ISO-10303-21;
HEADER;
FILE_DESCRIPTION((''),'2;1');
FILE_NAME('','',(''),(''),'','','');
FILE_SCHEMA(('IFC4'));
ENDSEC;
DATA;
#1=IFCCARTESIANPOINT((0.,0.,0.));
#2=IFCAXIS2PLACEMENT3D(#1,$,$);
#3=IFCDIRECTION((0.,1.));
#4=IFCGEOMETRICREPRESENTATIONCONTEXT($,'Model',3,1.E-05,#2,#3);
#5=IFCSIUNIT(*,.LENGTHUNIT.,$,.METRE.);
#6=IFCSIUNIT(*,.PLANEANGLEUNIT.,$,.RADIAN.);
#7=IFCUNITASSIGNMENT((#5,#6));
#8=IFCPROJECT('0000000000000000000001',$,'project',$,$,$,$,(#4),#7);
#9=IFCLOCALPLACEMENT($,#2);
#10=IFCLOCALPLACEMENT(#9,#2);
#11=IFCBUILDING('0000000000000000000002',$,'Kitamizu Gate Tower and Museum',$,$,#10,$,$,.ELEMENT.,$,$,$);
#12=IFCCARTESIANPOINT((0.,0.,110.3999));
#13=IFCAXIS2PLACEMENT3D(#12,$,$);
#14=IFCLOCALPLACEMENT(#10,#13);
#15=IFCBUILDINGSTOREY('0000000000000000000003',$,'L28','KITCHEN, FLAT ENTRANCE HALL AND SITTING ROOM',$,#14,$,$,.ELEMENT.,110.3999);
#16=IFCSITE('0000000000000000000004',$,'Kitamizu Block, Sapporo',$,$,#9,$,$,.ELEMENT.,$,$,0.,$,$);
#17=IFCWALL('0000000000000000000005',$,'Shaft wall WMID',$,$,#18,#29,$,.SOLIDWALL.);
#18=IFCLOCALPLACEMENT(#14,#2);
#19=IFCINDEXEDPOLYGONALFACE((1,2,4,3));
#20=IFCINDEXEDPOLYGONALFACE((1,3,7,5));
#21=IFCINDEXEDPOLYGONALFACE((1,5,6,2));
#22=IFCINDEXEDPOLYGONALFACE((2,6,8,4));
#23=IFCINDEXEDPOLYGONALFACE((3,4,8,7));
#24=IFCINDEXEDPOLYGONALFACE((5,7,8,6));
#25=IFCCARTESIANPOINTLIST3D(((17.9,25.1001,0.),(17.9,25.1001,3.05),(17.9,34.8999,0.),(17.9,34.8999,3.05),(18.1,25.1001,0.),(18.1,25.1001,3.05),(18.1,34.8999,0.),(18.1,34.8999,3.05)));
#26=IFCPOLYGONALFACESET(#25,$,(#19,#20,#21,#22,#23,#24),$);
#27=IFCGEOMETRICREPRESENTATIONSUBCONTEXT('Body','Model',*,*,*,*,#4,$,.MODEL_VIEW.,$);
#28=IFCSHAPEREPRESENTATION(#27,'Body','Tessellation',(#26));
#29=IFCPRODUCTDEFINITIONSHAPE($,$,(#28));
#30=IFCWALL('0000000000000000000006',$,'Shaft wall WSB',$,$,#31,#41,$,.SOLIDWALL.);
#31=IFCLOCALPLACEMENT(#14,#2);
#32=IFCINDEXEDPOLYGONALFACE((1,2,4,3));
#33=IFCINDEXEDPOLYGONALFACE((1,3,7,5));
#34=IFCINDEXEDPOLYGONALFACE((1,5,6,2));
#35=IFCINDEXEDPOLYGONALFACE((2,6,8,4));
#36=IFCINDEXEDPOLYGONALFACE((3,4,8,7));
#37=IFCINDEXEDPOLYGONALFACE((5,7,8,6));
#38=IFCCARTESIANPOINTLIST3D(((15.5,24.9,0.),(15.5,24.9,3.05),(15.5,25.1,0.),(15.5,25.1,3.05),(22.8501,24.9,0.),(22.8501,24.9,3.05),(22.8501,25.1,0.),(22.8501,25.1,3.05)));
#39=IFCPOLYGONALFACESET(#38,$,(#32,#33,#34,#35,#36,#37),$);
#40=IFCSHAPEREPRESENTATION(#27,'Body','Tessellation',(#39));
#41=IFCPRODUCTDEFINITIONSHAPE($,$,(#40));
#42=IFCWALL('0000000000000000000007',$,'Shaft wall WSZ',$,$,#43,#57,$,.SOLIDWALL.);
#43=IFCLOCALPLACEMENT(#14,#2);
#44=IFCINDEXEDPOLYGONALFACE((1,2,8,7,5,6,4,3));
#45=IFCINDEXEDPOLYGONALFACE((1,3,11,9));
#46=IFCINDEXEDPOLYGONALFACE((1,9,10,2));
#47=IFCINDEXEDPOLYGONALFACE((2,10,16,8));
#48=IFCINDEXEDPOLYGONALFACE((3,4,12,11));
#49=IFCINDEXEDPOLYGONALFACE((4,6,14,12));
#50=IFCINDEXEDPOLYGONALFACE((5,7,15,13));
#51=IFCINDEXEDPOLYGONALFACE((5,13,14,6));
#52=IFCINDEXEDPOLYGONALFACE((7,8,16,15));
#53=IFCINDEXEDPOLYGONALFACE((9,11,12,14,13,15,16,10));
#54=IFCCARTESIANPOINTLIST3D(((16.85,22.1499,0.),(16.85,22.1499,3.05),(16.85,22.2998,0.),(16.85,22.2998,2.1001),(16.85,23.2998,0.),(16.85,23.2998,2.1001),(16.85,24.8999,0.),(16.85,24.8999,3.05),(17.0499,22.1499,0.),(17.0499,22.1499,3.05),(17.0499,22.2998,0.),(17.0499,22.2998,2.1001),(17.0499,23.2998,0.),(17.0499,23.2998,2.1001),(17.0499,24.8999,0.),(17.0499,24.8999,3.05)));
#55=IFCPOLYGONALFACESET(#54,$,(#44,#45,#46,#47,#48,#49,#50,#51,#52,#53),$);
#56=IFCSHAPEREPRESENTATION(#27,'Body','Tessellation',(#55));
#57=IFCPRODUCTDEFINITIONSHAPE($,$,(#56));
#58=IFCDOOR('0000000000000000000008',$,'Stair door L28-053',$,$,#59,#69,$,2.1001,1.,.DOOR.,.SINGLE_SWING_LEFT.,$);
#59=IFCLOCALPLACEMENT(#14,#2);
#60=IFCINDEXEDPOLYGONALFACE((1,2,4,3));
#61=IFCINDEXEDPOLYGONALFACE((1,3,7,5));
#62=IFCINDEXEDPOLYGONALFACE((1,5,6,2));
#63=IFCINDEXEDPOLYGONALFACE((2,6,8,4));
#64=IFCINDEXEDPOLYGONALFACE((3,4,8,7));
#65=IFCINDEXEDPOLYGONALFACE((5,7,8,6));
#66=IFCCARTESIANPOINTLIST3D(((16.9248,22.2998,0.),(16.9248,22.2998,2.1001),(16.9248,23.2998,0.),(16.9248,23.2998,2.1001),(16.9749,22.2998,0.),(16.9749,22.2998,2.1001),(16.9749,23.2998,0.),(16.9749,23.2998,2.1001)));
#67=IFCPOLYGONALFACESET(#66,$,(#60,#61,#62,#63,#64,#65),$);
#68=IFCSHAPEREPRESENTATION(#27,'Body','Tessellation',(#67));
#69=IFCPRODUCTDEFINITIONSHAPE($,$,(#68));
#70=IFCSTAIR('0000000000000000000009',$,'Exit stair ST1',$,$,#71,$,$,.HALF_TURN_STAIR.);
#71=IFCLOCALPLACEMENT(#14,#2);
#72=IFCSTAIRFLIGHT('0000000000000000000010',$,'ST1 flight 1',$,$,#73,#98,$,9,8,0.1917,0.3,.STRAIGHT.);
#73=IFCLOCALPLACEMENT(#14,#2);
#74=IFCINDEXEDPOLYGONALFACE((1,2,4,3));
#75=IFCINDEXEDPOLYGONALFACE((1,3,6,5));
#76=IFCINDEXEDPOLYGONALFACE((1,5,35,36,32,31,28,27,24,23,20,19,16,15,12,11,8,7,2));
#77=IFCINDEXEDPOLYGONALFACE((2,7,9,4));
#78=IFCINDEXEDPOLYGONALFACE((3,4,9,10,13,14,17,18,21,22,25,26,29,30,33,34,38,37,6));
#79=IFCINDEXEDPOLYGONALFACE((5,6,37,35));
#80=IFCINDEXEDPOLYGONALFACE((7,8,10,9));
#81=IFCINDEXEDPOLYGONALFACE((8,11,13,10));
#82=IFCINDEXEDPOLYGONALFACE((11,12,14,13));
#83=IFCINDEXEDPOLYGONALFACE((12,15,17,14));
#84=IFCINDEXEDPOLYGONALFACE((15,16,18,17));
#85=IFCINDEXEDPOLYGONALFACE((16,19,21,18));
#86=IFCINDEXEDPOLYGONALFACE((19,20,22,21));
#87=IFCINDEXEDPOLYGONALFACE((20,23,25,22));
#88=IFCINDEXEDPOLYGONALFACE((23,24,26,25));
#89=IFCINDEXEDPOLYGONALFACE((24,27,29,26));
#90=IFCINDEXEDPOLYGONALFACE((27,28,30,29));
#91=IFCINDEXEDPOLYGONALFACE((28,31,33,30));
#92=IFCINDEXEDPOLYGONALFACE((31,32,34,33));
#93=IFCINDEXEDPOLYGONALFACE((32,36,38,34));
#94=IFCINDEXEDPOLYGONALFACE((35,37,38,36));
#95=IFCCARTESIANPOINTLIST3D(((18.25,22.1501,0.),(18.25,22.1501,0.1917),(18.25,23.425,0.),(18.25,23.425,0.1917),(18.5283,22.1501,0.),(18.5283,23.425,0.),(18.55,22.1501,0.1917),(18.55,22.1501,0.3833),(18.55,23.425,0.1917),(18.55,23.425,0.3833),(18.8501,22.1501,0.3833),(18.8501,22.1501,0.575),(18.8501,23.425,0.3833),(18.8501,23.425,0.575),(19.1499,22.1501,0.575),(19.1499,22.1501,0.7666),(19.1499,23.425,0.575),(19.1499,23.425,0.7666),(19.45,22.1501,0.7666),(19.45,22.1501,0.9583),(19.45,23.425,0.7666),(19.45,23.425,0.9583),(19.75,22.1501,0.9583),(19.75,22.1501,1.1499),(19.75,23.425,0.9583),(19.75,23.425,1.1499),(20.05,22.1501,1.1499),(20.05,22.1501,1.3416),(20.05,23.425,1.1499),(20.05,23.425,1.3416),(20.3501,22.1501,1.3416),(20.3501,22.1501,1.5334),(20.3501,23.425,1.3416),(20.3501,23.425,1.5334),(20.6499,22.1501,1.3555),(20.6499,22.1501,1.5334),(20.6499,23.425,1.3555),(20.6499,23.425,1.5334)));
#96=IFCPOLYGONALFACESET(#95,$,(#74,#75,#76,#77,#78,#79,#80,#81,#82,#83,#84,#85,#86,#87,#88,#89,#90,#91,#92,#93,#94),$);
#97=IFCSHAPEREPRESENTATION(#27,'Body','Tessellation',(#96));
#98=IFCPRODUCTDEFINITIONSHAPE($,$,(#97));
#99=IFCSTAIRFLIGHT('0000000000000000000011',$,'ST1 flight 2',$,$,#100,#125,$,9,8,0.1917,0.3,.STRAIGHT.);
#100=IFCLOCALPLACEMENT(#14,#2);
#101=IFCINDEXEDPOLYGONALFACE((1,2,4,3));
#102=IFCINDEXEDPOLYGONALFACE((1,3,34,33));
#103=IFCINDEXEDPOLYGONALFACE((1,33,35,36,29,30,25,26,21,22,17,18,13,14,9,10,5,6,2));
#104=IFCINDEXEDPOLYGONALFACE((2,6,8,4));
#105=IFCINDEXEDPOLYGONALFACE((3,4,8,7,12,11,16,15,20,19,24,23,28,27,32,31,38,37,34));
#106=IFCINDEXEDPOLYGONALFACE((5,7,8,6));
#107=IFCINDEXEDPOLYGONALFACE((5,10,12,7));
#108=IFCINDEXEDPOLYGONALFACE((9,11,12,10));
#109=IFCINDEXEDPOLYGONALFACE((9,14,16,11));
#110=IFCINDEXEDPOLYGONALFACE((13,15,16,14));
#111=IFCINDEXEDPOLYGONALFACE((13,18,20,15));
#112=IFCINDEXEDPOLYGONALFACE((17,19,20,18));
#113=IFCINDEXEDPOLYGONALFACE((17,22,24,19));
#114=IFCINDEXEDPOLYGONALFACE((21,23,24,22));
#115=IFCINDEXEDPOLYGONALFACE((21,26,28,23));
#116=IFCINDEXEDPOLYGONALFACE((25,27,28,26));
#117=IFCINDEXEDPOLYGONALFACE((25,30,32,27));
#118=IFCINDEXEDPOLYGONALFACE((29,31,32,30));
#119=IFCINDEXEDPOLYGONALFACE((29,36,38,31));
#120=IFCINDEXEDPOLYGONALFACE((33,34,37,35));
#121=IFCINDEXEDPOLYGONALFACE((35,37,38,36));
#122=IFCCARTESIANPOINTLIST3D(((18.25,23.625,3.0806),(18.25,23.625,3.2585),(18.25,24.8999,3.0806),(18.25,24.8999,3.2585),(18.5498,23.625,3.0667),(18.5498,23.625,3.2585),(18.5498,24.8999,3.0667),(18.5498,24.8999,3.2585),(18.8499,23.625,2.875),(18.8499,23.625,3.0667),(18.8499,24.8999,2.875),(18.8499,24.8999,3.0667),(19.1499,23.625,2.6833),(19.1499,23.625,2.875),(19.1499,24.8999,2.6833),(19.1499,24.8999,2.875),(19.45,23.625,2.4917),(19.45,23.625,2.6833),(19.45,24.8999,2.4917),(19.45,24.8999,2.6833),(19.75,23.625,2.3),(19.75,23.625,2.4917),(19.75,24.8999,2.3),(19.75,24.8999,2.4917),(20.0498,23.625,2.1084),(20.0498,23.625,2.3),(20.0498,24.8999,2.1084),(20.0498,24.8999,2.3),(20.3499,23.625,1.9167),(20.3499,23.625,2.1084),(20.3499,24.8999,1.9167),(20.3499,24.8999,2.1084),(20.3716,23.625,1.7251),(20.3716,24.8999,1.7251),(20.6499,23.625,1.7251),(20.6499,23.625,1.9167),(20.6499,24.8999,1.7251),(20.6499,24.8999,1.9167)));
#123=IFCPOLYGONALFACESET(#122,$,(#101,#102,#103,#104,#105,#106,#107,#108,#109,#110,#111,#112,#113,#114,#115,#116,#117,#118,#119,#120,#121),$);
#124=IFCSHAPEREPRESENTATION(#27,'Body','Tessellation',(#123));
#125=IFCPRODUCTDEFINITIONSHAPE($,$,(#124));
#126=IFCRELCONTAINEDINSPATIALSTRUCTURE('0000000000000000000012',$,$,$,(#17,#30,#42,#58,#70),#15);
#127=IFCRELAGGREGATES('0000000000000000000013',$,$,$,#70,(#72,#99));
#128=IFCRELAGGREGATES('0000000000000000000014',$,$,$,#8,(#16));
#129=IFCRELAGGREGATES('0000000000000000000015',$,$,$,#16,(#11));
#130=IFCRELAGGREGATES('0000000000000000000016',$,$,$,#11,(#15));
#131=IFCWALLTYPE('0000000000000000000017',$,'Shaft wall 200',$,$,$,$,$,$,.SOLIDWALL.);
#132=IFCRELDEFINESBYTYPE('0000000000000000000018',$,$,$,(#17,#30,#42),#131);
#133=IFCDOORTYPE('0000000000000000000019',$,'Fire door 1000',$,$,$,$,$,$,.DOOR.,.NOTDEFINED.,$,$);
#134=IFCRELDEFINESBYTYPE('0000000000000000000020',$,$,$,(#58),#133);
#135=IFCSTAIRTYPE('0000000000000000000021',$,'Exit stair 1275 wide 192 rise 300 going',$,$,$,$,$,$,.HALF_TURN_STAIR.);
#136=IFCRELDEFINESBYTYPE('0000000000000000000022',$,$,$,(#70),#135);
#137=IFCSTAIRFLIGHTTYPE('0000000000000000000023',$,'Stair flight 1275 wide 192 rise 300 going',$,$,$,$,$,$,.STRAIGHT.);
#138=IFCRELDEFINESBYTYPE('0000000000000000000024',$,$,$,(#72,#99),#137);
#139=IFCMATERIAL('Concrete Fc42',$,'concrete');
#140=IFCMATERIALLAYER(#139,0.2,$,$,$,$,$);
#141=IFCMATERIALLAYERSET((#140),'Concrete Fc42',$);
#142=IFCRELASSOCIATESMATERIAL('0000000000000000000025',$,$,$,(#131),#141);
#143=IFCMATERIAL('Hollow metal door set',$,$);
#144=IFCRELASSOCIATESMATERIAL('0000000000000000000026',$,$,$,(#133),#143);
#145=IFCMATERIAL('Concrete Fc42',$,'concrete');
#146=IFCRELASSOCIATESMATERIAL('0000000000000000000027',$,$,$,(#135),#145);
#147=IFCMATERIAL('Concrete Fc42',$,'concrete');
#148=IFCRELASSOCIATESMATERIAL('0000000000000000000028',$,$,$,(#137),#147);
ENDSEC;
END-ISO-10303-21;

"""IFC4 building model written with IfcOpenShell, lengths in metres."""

from ifc_helpers import new_model, si_unit, direction, frame, frame_2d, origin, place, context, subcontext, project, spatial, polyline, rectangle, outline, extrude, material, layer, layer_set, type_object, element, fill, aggregate, save


model = new_model("IFC4")

# Units and contexts
model_context = context("Model", 3, precision=1e-05, world=origin(), true_north=direction((0.0, 1.0)))
body_context = subcontext(model_context, "Body", "Model", "MODEL_VIEW")
ifc_project = project(units=[si_unit("LENGTHUNIT", "METRE"), si_unit("PLANEANGLEUNIT", "RADIAN")], contexts=[model_context])

# Site, building, storey
site_placement = place(None, origin())
site = spatial("IfcSite", under=ifc_project, at=site_placement, Name="Kitamizu Block, Sapporo", CompositionType="ELEMENT", RefElevation=0.0)
building_placement = place(site_placement, origin())
building = spatial("IfcBuilding", under=site, at=building_placement, Name="Kitamizu Gate Tower and Museum", CompositionType="ELEMENT")
storey_placement = place(building_placement, frame((0.0, 0.0, 110.3999)))
storey = spatial("IfcBuildingStorey", under=building, at=storey_placement, Name="L28", Description="KITCHEN, FLAT ENTRANCE HALL AND SITTING ROOM", CompositionType="ELEMENT", Elevation=110.3999)

# Shared definitions
ifc_material_1 = material(Name="Concrete Fc42", Category="concrete")
ifc_layer_1 = layer(ifc_material_1, 0.2)
ifc_layer_set_1 = layer_set([ifc_layer_1], Name="Concrete Fc42")
wall_type_1 = type_object("IfcWallType", Name="Shaft wall 200", PredefinedType="SOLIDWALL", material=ifc_layer_set_1)
ifc_material_2 = material(Name="Hollow metal door set")
door_type_1 = type_object("IfcDoorType", Name="Fire door 1000", OperationType="NOTDEFINED", PredefinedType="DOOR", material=ifc_material_2)

# Walls
wall_1_placement = place(storey_placement, frame((18.0, 25.1001, 0.0), z_axis=(0.0, 0.0, 1.0), x_axis=(0.0, 1.0, 0.0)))
element("IfcWall", 1, at=wall_1_placement, inside=storey, type_object=wall_type_1, Name="Shaft wall WMID", PredefinedType="SOLIDWALL", context=body_context, shape_type="SweptSolid", body=[
    extrude(rectangle(XDim=9.7998, YDim=0.2, at=frame_2d((4.8999, 0.0))), origin(), (0.0, 0.0, 1.0), 3.05),
])
wall_2_placement = place(storey_placement, frame((15.5, 25.0, 0.0), z_axis=(0.0, 0.0, 1.0), x_axis=(1.0, 0.0, 0.0)))
element("IfcWall", 2, at=wall_2_placement, inside=storey, type_object=wall_type_1, Name="Shaft wall WSB", PredefinedType="SOLIDWALL", context=body_context, shape_type="SweptSolid", body=[
    extrude(rectangle(XDim=7.3501, YDim=0.2, at=frame_2d((3.675, 0.0))), origin(), (0.0, 0.0, 1.0), 3.05),
])

# Wall, opening, door
wall_3_placement = place(storey_placement, frame((16.95, 22.1499, 0.0), z_axis=(0.0, 0.0, 1.0), x_axis=(0.0, 1.0, 0.0)))
wall_3 = element("IfcWall", 3, at=wall_3_placement, inside=storey, type_object=wall_type_1, Name="Shaft wall WSZ", PredefinedType="SOLIDWALL", context=body_context, shape_type="SweptSolid", body=[
    extrude(rectangle(XDim=2.75, YDim=0.2, at=frame_2d((1.375, 0.0))), origin(), (0.0, 0.0, 1.0), 3.05),
])
opening_1_placement = place(wall_3_placement, frame((0.1499, 0.0, 0.0)))
opening_1 = element("IfcOpeningElement", 4, at=opening_1_placement, cuts=wall_3, PredefinedType="OPENING", context=body_context, shape_type="SweptSolid", body=[
    extrude(rectangle(XDim=1.0, YDim=2.1001, at=frame_2d((0.5, 1.05))), frame((0.0, 0.1099, 0.0), z_axis=(0.0, -1.0, 0.0), x_axis=(1.0, 0.0, 0.0)), (0.0, 0.0, 1.0), 0.22),
])
door_1_placement = place(opening_1_placement, frame((1.0, 0.0, 0.0), x_axis=(-1.0, 0.0, 0.0)))
door_1 = element("IfcDoor", 5, at=door_1_placement, inside=storey, type_object=door_type_1, Name="Stair door L28-053", OperationType="SINGLE_SWING_LEFT", OverallHeight=2.1001, OverallWidth=1.0, PredefinedType="DOOR", context=body_context, shape_type="SweptSolid", body=[
    extrude(rectangle(XDim=1.0, YDim=2.1001, at=frame_2d((0.5, 1.05))), frame((0.0, 0.0249, 0.0), z_axis=(0.0, -1.0, 0.0), x_axis=(1.0, 0.0, 0.0)), (0.0, 0.0, 1.0), 0.05),
])
fill(opening_1, door_1)

# Stair, stair flights
ifc_material_3 = material(Name="Concrete Fc42", Category="concrete")
stair_type = type_object("IfcStairType", Name="Exit stair 1275 wide 192 rise 300 going", PredefinedType="HALF_TURN_STAIR", material=ifc_material_3)
stair_placement = place(storey_placement, origin())
stair = element("IfcStair", 6, at=stair_placement, inside=storey, type_object=stair_type, Name="Exit stair ST1", PredefinedType="HALF_TURN_STAIR")
ifc_material_4 = material(Name="Concrete Fc42", Category="concrete")
stair_flight_type = type_object("IfcStairFlightType", Name="Stair flight 1275 wide 192 rise 300 going", PredefinedType="STRAIGHT", material=ifc_material_4)
stair_flight_1_placement = place(storey_placement, frame((18.25, 22.7876, 0.0), z_axis=(0.0, 0.0, 1.0), x_axis=(1.0, 0.0, 0.0)))
stair_flight_1 = element("IfcStairFlight", 7, at=stair_flight_1_placement, type_object=stair_flight_type, Name="ST1 flight 1", NumberOfRisers=9, NumberOfTreads=8, PredefinedType="STRAIGHT", RiserHeight=0.1917, TreadLength=0.3, context=body_context, shape_type="SweptSolid", body=[
    extrude(outline(polyline([(0.0, 0.0), (0.0, 0.1917), (0.3, 0.1917), (0.3, 0.3833), (0.6001, 0.3833), (0.6001, 0.575), (0.8999, 0.575), (0.8999, 0.7666), (1.2, 0.7666), (1.2, 0.9583), (1.5, 0.9583), (1.5, 1.1499), (1.8, 1.1499), (1.8, 1.3416), (2.1001, 1.3416), (2.1001, 1.5334), (2.3999, 1.5334), (2.3999, 1.7251), (2.3999, 1.3555), (0.2783, 0.0), (0.0, 0.0)])), frame((0.0, 0.6375, 0.0), z_axis=(0.0, -1.0, 0.0), x_axis=(1.0, 0.0, 0.0)), (0.0, 0.0, 1.0), 1.2749),
])
stair_flight_2_placement = place(storey_placement, frame((20.6499, 24.2625, 1.7251), z_axis=(0.0, 0.0, 1.0), x_axis=(-1.0, 0.0, 0.0)))
stair_flight_2 = element("IfcStairFlight", 8, at=stair_flight_2_placement, type_object=stair_flight_type, Name="ST1 flight 2", NumberOfRisers=9, NumberOfTreads=8, PredefinedType="STRAIGHT", RiserHeight=0.1917, TreadLength=0.3, context=body_context, shape_type="SweptSolid", body=[
    extrude(outline(polyline([(0.0, 0.0), (0.0, 0.1917), (0.3, 0.1917), (0.3, 0.3833), (0.6001, 0.3833), (0.6001, 0.575), (0.8999, 0.575), (0.8999, 0.7666), (1.2, 0.7666), (1.2, 0.9583), (1.5, 0.9583), (1.5, 1.1499), (1.8, 1.1499), (1.8, 1.3416), (2.1001, 1.3416), (2.1001, 1.5334), (2.3999, 1.5334), (2.3999, 1.7251), (2.3999, 1.3555), (0.2783, 0.0), (0.0, 0.0)])), frame((0.0, 0.6375, 0.0), z_axis=(0.0, -1.0, 0.0), x_axis=(1.0, 0.0, 0.0)), (0.0, 0.0, 1.0), 1.2749),
])
aggregate(stair, [stair_flight_1, stair_flight_2])

save(model, "model.ifc")
